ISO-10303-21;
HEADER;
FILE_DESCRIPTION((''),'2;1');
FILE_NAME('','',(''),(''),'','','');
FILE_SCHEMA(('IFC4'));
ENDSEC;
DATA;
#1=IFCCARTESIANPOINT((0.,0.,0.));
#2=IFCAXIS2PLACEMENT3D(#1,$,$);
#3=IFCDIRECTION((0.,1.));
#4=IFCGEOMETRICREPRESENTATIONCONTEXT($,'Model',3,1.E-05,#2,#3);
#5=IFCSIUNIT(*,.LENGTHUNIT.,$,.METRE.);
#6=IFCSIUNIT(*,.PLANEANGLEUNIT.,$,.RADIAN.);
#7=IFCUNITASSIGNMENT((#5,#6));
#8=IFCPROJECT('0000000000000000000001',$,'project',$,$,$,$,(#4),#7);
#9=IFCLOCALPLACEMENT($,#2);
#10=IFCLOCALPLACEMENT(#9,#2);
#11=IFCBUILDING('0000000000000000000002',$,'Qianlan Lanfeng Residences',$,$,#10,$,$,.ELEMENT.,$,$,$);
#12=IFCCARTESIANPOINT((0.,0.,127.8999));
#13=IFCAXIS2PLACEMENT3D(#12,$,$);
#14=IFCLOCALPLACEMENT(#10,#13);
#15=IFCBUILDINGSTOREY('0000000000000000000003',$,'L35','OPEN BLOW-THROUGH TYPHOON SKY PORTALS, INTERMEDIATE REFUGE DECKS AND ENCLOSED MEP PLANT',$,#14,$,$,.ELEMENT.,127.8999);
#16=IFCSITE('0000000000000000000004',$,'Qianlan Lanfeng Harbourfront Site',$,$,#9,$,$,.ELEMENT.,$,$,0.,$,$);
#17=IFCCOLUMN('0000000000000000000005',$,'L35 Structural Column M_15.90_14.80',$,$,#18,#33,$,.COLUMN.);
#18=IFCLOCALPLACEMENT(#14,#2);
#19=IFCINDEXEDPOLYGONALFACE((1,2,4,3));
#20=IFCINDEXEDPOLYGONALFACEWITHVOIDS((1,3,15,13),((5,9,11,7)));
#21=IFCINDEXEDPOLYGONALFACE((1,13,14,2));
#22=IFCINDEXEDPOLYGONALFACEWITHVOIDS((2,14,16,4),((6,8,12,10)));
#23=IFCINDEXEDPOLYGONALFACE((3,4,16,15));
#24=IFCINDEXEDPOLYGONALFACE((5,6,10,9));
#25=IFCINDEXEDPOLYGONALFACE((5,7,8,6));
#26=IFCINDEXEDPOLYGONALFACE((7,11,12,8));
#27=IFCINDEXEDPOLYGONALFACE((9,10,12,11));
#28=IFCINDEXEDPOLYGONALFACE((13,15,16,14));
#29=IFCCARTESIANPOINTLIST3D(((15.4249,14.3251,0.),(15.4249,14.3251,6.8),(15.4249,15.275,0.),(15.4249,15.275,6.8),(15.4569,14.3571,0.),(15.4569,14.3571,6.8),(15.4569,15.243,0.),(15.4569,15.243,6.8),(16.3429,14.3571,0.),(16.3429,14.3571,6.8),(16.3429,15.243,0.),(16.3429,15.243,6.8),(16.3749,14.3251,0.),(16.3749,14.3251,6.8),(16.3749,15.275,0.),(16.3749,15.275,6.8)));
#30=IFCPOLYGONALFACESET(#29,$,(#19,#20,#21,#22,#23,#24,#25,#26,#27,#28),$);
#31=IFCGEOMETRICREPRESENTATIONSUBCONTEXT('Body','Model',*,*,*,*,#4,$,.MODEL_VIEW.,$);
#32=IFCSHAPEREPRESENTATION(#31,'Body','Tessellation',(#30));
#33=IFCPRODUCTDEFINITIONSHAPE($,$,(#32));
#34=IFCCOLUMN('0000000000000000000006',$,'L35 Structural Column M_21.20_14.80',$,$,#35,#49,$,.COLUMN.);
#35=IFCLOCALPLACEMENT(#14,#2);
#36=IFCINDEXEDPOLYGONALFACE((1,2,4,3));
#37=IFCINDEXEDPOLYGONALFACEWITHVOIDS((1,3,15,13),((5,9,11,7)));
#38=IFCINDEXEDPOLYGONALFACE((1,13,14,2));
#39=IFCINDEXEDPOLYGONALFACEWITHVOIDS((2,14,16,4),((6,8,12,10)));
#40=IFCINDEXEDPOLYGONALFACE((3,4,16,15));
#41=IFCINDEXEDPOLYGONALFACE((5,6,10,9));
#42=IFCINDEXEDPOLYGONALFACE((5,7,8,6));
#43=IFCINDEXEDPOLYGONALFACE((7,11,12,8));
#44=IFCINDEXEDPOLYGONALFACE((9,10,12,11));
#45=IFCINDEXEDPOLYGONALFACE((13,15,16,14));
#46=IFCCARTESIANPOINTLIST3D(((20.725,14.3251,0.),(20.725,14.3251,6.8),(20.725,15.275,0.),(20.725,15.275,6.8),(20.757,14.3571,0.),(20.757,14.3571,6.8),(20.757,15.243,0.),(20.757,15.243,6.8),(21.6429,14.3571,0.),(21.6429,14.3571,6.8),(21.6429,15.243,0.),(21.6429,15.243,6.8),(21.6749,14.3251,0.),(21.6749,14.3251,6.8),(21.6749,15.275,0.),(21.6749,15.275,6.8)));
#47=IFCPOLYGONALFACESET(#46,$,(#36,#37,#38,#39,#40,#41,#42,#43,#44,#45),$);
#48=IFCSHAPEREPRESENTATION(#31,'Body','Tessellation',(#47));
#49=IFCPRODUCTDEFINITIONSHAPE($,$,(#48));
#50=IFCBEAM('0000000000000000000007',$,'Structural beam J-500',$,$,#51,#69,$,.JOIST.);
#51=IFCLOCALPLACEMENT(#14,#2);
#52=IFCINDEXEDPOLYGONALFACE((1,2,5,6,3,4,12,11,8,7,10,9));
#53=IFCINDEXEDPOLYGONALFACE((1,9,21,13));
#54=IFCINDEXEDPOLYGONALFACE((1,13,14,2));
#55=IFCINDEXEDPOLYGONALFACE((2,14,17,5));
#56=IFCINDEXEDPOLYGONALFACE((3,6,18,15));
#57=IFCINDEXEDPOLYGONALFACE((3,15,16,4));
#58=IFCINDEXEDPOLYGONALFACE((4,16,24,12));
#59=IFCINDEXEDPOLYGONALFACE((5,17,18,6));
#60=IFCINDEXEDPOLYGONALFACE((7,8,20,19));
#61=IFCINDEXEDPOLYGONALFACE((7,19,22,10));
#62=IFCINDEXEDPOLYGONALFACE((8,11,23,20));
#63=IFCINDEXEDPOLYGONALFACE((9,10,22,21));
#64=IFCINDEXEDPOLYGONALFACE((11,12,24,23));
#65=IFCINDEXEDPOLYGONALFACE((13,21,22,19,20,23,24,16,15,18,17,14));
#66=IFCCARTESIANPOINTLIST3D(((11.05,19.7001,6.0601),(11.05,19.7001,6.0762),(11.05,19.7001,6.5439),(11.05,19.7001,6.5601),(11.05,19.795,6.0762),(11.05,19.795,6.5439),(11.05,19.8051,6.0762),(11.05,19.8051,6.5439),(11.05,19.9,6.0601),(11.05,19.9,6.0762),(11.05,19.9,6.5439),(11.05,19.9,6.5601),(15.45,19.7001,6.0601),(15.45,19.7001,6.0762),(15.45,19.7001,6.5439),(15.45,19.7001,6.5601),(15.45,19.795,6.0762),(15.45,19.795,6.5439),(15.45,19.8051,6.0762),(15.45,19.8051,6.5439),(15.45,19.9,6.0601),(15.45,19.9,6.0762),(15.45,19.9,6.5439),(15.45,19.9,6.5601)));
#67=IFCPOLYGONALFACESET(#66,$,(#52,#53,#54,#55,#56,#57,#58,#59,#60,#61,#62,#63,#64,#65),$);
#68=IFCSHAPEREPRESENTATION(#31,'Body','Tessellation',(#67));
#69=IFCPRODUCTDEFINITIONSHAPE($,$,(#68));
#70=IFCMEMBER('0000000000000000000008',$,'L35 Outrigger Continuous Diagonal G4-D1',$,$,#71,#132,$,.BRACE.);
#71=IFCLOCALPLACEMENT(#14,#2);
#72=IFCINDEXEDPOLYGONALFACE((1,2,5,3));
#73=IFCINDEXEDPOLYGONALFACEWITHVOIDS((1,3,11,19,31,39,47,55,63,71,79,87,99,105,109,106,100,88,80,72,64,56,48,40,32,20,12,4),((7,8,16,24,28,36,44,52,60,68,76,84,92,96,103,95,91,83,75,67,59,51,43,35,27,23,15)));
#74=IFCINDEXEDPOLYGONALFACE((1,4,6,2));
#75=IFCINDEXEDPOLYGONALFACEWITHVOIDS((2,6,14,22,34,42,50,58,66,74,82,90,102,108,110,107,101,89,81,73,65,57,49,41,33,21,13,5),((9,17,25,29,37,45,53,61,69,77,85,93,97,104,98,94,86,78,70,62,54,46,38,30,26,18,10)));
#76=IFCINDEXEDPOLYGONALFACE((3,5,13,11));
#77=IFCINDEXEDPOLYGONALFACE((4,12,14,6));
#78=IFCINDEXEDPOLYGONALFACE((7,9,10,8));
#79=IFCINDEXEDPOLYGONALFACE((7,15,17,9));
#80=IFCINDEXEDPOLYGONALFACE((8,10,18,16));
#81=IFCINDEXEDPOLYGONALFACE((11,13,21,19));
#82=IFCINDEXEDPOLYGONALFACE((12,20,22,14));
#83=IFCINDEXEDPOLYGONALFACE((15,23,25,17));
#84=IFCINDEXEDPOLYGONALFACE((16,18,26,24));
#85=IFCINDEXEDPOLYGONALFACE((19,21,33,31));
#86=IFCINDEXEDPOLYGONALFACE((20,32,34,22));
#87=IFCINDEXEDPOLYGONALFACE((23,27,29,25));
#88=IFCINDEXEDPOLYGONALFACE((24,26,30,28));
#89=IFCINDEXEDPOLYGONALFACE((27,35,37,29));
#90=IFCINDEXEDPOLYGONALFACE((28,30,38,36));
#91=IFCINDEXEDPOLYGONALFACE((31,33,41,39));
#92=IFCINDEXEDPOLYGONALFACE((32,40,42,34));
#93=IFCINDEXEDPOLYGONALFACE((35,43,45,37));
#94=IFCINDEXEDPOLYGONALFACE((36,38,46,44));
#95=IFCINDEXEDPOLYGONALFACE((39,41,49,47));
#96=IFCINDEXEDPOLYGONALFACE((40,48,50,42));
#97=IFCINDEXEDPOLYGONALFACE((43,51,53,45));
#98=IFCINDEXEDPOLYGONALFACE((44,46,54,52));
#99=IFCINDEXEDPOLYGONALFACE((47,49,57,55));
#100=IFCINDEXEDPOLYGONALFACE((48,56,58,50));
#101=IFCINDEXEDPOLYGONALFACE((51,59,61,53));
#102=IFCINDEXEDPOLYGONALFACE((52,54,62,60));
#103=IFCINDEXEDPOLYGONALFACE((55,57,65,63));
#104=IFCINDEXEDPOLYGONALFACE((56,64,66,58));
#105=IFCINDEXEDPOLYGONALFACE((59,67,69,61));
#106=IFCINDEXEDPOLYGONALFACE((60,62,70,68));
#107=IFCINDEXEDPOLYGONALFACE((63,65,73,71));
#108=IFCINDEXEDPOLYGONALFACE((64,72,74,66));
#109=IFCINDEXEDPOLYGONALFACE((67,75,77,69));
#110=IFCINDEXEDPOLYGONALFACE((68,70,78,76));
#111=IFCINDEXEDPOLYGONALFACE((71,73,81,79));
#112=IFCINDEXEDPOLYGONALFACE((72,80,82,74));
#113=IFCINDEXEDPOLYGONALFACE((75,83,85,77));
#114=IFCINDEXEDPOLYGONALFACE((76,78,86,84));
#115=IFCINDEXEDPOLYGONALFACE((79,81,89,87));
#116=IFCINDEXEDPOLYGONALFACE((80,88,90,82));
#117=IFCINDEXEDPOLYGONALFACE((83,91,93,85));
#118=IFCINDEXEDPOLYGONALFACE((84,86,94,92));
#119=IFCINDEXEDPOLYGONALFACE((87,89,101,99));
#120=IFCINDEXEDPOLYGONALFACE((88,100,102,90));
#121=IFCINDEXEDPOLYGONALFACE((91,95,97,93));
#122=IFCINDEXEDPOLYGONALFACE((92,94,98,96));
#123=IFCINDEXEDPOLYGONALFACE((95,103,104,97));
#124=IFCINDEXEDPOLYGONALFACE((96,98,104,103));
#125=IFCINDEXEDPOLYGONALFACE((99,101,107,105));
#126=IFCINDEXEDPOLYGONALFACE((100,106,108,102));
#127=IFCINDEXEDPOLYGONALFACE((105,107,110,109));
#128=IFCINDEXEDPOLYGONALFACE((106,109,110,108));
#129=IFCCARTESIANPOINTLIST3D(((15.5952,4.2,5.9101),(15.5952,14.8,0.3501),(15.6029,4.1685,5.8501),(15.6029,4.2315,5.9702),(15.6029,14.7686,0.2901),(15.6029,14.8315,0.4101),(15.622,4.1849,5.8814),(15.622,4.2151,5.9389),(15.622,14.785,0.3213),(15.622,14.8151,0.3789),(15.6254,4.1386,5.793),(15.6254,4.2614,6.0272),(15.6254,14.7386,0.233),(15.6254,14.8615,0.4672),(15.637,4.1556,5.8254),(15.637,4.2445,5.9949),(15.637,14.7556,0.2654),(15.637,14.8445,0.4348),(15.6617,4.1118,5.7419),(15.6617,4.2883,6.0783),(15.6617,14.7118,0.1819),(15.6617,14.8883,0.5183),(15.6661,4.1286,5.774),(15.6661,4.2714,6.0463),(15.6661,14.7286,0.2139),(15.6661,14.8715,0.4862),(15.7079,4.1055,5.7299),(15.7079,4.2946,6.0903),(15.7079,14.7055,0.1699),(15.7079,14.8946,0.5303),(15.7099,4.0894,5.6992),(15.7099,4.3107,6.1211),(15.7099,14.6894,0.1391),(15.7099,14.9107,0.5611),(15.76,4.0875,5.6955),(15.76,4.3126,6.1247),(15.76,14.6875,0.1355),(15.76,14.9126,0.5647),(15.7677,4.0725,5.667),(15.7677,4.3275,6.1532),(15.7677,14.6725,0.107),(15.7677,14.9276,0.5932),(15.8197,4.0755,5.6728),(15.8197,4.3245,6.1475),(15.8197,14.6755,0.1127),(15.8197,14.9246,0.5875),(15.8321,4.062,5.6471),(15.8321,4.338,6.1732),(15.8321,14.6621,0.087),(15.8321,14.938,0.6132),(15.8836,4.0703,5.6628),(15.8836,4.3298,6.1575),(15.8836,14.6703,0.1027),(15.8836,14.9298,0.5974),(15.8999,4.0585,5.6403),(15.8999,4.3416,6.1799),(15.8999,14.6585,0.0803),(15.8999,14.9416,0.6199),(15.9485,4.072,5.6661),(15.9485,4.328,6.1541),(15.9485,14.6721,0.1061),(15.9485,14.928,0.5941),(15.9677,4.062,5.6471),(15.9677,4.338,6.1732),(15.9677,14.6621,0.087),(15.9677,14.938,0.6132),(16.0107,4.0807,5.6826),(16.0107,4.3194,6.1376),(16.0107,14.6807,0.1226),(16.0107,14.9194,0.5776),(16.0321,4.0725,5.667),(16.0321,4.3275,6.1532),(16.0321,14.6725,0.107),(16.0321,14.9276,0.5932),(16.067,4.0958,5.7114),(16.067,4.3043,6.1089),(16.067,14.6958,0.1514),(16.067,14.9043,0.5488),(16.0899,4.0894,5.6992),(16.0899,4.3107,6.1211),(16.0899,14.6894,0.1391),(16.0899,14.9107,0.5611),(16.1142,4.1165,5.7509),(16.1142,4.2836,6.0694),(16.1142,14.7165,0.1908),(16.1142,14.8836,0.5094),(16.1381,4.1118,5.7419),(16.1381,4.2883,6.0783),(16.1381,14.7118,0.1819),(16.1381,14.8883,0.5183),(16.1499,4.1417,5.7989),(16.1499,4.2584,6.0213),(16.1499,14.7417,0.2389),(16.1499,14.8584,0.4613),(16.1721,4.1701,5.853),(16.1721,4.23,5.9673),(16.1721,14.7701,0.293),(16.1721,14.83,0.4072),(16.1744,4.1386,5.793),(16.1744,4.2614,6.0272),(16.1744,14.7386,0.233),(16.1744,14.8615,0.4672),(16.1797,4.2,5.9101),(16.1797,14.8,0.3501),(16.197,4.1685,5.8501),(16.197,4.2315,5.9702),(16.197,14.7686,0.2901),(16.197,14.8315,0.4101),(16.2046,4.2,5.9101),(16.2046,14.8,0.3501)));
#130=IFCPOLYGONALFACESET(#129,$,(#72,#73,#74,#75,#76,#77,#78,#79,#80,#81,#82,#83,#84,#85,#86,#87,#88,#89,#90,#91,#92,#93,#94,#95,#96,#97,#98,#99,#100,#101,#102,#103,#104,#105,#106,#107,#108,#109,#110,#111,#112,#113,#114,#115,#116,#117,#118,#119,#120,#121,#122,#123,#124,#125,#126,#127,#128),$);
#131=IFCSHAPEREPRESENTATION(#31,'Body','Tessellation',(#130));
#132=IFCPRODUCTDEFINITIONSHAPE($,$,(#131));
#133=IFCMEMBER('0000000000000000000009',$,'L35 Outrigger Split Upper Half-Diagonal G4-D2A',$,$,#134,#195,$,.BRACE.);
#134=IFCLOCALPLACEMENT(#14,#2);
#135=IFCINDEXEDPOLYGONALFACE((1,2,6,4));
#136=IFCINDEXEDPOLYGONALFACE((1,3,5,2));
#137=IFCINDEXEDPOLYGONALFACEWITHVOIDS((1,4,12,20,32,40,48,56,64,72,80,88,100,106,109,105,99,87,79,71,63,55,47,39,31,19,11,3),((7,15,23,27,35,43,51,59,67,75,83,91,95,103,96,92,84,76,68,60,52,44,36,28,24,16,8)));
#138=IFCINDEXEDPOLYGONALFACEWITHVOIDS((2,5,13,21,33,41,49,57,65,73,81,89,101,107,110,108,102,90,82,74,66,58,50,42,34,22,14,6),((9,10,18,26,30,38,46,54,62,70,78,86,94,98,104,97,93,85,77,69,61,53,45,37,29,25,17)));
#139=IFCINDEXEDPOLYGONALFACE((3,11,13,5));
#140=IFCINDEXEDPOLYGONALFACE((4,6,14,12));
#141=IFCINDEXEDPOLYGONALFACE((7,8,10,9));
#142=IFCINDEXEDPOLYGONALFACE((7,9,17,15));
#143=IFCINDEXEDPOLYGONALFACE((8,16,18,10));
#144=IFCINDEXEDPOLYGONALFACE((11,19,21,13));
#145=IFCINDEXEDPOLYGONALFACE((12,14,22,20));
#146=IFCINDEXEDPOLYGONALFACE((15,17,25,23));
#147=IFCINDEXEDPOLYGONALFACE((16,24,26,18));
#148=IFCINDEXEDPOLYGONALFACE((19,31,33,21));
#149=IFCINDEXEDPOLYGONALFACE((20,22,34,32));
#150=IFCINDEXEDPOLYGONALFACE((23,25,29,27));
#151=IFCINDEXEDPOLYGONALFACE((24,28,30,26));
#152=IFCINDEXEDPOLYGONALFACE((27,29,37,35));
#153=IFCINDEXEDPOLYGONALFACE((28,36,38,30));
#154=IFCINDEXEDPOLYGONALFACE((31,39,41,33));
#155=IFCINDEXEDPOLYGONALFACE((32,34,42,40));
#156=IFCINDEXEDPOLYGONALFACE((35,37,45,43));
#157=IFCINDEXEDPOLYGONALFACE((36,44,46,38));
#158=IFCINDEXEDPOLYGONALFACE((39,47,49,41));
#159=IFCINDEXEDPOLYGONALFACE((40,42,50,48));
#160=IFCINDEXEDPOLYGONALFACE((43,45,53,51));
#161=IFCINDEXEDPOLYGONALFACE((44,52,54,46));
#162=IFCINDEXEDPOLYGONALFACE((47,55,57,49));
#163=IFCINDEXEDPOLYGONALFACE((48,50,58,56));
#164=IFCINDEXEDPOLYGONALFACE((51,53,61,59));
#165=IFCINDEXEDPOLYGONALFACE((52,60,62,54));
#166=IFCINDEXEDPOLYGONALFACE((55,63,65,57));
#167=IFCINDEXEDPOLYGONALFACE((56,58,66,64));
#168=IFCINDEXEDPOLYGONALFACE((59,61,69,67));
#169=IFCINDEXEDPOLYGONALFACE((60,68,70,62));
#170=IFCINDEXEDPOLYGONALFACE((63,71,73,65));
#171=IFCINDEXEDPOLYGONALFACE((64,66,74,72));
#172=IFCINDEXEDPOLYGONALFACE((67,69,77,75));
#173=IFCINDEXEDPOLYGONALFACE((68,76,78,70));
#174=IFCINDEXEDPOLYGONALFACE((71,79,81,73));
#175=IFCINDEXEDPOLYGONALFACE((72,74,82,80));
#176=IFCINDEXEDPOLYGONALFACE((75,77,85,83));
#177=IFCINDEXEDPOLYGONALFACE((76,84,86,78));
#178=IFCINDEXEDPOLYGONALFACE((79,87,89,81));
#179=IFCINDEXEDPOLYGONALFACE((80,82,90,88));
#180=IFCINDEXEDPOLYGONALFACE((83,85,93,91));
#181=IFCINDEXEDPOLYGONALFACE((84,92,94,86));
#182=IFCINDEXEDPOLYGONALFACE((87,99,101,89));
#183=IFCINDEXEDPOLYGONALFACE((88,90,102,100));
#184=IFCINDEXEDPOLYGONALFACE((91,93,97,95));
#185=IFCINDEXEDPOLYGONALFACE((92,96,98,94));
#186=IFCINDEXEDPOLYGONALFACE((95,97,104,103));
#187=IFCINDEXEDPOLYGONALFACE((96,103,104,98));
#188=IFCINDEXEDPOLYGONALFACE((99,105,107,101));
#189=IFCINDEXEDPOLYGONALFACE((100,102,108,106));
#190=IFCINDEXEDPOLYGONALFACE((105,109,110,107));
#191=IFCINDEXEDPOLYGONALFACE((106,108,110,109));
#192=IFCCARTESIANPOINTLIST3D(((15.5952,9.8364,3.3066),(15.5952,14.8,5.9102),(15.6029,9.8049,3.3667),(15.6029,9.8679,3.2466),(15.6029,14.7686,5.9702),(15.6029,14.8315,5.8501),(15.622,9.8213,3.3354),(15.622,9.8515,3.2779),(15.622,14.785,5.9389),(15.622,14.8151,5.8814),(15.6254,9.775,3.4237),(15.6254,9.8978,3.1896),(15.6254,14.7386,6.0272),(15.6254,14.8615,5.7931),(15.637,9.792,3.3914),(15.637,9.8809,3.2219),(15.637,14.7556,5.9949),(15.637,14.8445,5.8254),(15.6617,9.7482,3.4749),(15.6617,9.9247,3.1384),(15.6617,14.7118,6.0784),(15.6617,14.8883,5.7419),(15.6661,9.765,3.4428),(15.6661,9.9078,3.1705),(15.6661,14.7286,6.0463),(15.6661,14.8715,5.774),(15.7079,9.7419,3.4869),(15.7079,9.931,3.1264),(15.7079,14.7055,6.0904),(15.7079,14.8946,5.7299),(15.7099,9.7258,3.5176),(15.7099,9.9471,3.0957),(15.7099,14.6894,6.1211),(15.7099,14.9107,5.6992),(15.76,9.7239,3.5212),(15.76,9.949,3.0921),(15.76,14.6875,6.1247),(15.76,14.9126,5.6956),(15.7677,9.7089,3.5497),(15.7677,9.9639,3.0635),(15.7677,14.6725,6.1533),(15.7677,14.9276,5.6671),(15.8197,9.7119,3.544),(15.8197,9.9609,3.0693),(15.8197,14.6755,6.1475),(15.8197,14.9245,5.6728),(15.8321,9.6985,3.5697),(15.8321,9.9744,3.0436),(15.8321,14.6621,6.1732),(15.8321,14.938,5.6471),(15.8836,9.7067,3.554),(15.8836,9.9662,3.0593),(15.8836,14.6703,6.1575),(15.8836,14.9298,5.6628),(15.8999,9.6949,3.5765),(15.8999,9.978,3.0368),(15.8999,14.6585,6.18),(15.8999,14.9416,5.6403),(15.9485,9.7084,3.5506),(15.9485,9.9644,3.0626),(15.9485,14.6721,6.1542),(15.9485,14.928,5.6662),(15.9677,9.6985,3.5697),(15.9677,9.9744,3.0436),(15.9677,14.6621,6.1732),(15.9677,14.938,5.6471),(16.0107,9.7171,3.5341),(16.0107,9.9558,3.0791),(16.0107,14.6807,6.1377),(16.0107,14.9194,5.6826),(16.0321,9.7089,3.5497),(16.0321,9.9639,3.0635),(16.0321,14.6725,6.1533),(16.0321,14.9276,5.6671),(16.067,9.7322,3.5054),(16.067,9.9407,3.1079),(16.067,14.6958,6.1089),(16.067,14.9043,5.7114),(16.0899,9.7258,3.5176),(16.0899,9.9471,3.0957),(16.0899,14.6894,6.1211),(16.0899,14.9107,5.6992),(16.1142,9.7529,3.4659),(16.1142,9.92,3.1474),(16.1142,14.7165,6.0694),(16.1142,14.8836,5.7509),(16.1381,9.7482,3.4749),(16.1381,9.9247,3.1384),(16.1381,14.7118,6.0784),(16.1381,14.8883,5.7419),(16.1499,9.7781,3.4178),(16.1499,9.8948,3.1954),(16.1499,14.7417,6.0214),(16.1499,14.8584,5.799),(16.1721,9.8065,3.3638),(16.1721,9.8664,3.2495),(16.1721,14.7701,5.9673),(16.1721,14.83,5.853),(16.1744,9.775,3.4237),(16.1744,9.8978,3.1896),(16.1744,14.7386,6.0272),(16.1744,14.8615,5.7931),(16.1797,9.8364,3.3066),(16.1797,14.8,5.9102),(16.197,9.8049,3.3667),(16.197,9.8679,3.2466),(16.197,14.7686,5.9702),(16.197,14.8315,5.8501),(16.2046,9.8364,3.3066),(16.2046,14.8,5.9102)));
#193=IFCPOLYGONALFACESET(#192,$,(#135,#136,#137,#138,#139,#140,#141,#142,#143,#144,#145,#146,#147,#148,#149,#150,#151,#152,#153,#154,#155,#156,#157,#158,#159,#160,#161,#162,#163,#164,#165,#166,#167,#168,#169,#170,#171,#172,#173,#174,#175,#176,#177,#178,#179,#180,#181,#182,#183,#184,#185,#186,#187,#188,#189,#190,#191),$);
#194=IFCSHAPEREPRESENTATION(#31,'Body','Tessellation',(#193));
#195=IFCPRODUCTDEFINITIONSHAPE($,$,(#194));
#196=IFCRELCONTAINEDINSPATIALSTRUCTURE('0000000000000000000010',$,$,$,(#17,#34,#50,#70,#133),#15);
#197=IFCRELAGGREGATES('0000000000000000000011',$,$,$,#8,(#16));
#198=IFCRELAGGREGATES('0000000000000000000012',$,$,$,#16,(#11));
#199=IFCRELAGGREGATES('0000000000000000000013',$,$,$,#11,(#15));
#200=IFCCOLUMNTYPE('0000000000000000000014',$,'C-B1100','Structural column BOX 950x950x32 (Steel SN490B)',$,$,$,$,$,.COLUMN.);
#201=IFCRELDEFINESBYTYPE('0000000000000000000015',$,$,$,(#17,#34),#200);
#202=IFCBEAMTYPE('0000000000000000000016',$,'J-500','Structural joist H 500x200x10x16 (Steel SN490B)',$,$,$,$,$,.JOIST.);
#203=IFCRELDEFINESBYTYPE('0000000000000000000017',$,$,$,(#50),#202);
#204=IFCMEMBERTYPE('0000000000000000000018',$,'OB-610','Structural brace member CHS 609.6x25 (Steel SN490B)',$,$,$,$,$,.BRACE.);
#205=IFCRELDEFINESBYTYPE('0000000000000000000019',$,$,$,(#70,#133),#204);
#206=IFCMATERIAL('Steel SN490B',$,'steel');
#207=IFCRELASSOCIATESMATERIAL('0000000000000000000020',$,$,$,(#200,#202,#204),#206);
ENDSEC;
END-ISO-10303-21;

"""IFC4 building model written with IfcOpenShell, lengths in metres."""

from ifc_helpers import new_model, si_unit, direction, frame, origin, origin_2d, place, context, subcontext, project, spatial, hollow_rectangle, hollow_circle, i_section, extrude, material, material_profile, profile_set, type_object, element, save


model = new_model("IFC4")

# Units and contexts
model_context = context("Model", 3, precision=1e-05, world=origin(), true_north=direction((0.0, 1.0)))
body_context = subcontext(model_context, "Body", "Model", "MODEL_VIEW")
ifc_project = project(units=[si_unit("LENGTHUNIT", "METRE"), si_unit("PLANEANGLEUNIT", "RADIAN")], contexts=[model_context])

# Site, building, storey
site_placement = place(None, origin())
site = spatial("IfcSite", under=ifc_project, at=site_placement, Name="Qianlan Lanfeng Harbourfront Site", CompositionType="ELEMENT", RefElevation=0.0)
building_placement = place(site_placement, origin())
building = spatial("IfcBuilding", under=site, at=building_placement, Name="Qianlan Lanfeng Residences", CompositionType="ELEMENT")
storey_placement = place(building_placement, frame((0.0, 0.0, 127.8999)))
storey = spatial("IfcBuildingStorey", under=building, at=storey_placement, Name="L35", Description="OPEN BLOW-THROUGH TYPHOON SKY PORTALS, INTERMEDIATE REFUGE DECKS AND ENCLOSED MEP PLANT", CompositionType="ELEMENT", Elevation=127.8999)

# Columns
ifc_material_1 = material(Name="Steel SN490B", Category="steel")
ifc_material_profile_1 = material_profile(ifc_material_1, hollow_rectangle(XDim=0.95, YDim=0.95, WallThickness=0.032, at=origin_2d()), Name="BOX 950x950x32")
ifc_profile_set_1 = profile_set([ifc_material_profile_1], Name="Steel SN490B")
column_type = type_object("IfcColumnType", Name="C-B1100", Description="Structural column BOX 950x950x32 (Steel SN490B)", PredefinedType="COLUMN", material=ifc_profile_set_1)
for number, where, z_axis, x_axis, name in (
    (1, (15.8999, 14.8, 0.0), (0.0, 0.0, 1.0), (1.0, 0.0, 0.0), "L35 Structural Column M_15.90_14.80"),
    (2, (21.2, 14.8, 0.0), (0.0, 0.0, 1.0), (1.0, 0.0, 0.0), "L35 Structural Column M_21.20_14.80"),
):
    element("IfcColumn", number, at=place(storey_placement, frame(where, z_axis=z_axis, x_axis=x_axis)), inside=storey, type_object=column_type, Name=name, PredefinedType="COLUMN", context=body_context, shape_type="SweptSolid", body=[
        extrude(hollow_rectangle(XDim=0.95, YDim=0.95, WallThickness=0.032, at=origin_2d()), origin(), (0.0, 0.0, 1.0), 6.8),
    ])

# Beam
ifc_material_profile_2 = material_profile(ifc_material_1, i_section(OverallWidth=0.2, OverallDepth=0.5, WebThickness=0.01, FlangeThickness=0.0161, at=origin_2d()), Name="H 500x200x10x16")
ifc_profile_set_2 = profile_set([ifc_material_profile_2], Name="Steel SN490B")
beam_type_1 = type_object("IfcBeamType", Name="J-500", Description="Structural joist H 500x200x10x16 (Steel SN490B)", PredefinedType="JOIST", material=ifc_profile_set_2)
beam_placement = place(storey_placement, frame((11.05, 19.8, 6.3101), z_axis=(1.0, 0.0, 0.0), x_axis=(0.0, 1.0, 0.0)))
element("IfcBeam", 3, at=beam_placement, inside=storey, type_object=beam_type_1, Name="Structural beam J-500", PredefinedType="JOIST", context=body_context, shape_type="SweptSolid", body=[
    extrude(i_section(OverallWidth=0.2, OverallDepth=0.5, WebThickness=0.01, FlangeThickness=0.0161, at=origin_2d()), origin(), (0.0, 0.0, 1.0), 4.3999),
])

# Members
ifc_material_profile_3 = material_profile(ifc_material_1, hollow_circle(Radius=0.3047, WallThickness=0.0249, at=origin_2d()), Name="CHS 609.6x25")
ifc_profile_set_3 = profile_set([ifc_material_profile_3], Name="Steel SN490B")
member_type = type_object("IfcMemberType", Name="OB-610", Description="Structural brace member CHS 609.6x25 (Steel SN490B)", PredefinedType="BRACE", material=ifc_profile_set_3)
member_1_placement = place(storey_placement, frame((15.8999, 14.8, 0.3501), z_axis=(0.0, -0.88557, 0.464507), x_axis=(1.0, 0.0, 0.0)))
element("IfcMember", 4, at=member_1_placement, inside=storey, type_object=member_type, Name="L35 Outrigger Continuous Diagonal G4-D1", PredefinedType="BRACE", context=body_context, shape_type="SweptSolid", body=[
    extrude(hollow_circle(Radius=0.3047, WallThickness=0.0249, at=origin_2d()), origin(), (0.0, 0.0, 1.0), 11.9697),
])
member_2_placement = place(storey_placement, frame((15.8999, 14.8, 5.9102), z_axis=(0.0, -0.885573, -0.4645), x_axis=(1.0, 0.0, 0.0)))
element("IfcMember", 5, at=member_2_placement, inside=storey, type_object=member_type, Name="L35 Outrigger Split Upper Half-Diagonal G4-D2A", PredefinedType="BRACE", context=body_context, shape_type="SweptSolid", body=[
    extrude(hollow_circle(Radius=0.3047, WallThickness=0.0249, at=origin_2d()), origin(), (0.0, 0.0, 1.0), 5.605),
])

save(model, "model.ifc")
